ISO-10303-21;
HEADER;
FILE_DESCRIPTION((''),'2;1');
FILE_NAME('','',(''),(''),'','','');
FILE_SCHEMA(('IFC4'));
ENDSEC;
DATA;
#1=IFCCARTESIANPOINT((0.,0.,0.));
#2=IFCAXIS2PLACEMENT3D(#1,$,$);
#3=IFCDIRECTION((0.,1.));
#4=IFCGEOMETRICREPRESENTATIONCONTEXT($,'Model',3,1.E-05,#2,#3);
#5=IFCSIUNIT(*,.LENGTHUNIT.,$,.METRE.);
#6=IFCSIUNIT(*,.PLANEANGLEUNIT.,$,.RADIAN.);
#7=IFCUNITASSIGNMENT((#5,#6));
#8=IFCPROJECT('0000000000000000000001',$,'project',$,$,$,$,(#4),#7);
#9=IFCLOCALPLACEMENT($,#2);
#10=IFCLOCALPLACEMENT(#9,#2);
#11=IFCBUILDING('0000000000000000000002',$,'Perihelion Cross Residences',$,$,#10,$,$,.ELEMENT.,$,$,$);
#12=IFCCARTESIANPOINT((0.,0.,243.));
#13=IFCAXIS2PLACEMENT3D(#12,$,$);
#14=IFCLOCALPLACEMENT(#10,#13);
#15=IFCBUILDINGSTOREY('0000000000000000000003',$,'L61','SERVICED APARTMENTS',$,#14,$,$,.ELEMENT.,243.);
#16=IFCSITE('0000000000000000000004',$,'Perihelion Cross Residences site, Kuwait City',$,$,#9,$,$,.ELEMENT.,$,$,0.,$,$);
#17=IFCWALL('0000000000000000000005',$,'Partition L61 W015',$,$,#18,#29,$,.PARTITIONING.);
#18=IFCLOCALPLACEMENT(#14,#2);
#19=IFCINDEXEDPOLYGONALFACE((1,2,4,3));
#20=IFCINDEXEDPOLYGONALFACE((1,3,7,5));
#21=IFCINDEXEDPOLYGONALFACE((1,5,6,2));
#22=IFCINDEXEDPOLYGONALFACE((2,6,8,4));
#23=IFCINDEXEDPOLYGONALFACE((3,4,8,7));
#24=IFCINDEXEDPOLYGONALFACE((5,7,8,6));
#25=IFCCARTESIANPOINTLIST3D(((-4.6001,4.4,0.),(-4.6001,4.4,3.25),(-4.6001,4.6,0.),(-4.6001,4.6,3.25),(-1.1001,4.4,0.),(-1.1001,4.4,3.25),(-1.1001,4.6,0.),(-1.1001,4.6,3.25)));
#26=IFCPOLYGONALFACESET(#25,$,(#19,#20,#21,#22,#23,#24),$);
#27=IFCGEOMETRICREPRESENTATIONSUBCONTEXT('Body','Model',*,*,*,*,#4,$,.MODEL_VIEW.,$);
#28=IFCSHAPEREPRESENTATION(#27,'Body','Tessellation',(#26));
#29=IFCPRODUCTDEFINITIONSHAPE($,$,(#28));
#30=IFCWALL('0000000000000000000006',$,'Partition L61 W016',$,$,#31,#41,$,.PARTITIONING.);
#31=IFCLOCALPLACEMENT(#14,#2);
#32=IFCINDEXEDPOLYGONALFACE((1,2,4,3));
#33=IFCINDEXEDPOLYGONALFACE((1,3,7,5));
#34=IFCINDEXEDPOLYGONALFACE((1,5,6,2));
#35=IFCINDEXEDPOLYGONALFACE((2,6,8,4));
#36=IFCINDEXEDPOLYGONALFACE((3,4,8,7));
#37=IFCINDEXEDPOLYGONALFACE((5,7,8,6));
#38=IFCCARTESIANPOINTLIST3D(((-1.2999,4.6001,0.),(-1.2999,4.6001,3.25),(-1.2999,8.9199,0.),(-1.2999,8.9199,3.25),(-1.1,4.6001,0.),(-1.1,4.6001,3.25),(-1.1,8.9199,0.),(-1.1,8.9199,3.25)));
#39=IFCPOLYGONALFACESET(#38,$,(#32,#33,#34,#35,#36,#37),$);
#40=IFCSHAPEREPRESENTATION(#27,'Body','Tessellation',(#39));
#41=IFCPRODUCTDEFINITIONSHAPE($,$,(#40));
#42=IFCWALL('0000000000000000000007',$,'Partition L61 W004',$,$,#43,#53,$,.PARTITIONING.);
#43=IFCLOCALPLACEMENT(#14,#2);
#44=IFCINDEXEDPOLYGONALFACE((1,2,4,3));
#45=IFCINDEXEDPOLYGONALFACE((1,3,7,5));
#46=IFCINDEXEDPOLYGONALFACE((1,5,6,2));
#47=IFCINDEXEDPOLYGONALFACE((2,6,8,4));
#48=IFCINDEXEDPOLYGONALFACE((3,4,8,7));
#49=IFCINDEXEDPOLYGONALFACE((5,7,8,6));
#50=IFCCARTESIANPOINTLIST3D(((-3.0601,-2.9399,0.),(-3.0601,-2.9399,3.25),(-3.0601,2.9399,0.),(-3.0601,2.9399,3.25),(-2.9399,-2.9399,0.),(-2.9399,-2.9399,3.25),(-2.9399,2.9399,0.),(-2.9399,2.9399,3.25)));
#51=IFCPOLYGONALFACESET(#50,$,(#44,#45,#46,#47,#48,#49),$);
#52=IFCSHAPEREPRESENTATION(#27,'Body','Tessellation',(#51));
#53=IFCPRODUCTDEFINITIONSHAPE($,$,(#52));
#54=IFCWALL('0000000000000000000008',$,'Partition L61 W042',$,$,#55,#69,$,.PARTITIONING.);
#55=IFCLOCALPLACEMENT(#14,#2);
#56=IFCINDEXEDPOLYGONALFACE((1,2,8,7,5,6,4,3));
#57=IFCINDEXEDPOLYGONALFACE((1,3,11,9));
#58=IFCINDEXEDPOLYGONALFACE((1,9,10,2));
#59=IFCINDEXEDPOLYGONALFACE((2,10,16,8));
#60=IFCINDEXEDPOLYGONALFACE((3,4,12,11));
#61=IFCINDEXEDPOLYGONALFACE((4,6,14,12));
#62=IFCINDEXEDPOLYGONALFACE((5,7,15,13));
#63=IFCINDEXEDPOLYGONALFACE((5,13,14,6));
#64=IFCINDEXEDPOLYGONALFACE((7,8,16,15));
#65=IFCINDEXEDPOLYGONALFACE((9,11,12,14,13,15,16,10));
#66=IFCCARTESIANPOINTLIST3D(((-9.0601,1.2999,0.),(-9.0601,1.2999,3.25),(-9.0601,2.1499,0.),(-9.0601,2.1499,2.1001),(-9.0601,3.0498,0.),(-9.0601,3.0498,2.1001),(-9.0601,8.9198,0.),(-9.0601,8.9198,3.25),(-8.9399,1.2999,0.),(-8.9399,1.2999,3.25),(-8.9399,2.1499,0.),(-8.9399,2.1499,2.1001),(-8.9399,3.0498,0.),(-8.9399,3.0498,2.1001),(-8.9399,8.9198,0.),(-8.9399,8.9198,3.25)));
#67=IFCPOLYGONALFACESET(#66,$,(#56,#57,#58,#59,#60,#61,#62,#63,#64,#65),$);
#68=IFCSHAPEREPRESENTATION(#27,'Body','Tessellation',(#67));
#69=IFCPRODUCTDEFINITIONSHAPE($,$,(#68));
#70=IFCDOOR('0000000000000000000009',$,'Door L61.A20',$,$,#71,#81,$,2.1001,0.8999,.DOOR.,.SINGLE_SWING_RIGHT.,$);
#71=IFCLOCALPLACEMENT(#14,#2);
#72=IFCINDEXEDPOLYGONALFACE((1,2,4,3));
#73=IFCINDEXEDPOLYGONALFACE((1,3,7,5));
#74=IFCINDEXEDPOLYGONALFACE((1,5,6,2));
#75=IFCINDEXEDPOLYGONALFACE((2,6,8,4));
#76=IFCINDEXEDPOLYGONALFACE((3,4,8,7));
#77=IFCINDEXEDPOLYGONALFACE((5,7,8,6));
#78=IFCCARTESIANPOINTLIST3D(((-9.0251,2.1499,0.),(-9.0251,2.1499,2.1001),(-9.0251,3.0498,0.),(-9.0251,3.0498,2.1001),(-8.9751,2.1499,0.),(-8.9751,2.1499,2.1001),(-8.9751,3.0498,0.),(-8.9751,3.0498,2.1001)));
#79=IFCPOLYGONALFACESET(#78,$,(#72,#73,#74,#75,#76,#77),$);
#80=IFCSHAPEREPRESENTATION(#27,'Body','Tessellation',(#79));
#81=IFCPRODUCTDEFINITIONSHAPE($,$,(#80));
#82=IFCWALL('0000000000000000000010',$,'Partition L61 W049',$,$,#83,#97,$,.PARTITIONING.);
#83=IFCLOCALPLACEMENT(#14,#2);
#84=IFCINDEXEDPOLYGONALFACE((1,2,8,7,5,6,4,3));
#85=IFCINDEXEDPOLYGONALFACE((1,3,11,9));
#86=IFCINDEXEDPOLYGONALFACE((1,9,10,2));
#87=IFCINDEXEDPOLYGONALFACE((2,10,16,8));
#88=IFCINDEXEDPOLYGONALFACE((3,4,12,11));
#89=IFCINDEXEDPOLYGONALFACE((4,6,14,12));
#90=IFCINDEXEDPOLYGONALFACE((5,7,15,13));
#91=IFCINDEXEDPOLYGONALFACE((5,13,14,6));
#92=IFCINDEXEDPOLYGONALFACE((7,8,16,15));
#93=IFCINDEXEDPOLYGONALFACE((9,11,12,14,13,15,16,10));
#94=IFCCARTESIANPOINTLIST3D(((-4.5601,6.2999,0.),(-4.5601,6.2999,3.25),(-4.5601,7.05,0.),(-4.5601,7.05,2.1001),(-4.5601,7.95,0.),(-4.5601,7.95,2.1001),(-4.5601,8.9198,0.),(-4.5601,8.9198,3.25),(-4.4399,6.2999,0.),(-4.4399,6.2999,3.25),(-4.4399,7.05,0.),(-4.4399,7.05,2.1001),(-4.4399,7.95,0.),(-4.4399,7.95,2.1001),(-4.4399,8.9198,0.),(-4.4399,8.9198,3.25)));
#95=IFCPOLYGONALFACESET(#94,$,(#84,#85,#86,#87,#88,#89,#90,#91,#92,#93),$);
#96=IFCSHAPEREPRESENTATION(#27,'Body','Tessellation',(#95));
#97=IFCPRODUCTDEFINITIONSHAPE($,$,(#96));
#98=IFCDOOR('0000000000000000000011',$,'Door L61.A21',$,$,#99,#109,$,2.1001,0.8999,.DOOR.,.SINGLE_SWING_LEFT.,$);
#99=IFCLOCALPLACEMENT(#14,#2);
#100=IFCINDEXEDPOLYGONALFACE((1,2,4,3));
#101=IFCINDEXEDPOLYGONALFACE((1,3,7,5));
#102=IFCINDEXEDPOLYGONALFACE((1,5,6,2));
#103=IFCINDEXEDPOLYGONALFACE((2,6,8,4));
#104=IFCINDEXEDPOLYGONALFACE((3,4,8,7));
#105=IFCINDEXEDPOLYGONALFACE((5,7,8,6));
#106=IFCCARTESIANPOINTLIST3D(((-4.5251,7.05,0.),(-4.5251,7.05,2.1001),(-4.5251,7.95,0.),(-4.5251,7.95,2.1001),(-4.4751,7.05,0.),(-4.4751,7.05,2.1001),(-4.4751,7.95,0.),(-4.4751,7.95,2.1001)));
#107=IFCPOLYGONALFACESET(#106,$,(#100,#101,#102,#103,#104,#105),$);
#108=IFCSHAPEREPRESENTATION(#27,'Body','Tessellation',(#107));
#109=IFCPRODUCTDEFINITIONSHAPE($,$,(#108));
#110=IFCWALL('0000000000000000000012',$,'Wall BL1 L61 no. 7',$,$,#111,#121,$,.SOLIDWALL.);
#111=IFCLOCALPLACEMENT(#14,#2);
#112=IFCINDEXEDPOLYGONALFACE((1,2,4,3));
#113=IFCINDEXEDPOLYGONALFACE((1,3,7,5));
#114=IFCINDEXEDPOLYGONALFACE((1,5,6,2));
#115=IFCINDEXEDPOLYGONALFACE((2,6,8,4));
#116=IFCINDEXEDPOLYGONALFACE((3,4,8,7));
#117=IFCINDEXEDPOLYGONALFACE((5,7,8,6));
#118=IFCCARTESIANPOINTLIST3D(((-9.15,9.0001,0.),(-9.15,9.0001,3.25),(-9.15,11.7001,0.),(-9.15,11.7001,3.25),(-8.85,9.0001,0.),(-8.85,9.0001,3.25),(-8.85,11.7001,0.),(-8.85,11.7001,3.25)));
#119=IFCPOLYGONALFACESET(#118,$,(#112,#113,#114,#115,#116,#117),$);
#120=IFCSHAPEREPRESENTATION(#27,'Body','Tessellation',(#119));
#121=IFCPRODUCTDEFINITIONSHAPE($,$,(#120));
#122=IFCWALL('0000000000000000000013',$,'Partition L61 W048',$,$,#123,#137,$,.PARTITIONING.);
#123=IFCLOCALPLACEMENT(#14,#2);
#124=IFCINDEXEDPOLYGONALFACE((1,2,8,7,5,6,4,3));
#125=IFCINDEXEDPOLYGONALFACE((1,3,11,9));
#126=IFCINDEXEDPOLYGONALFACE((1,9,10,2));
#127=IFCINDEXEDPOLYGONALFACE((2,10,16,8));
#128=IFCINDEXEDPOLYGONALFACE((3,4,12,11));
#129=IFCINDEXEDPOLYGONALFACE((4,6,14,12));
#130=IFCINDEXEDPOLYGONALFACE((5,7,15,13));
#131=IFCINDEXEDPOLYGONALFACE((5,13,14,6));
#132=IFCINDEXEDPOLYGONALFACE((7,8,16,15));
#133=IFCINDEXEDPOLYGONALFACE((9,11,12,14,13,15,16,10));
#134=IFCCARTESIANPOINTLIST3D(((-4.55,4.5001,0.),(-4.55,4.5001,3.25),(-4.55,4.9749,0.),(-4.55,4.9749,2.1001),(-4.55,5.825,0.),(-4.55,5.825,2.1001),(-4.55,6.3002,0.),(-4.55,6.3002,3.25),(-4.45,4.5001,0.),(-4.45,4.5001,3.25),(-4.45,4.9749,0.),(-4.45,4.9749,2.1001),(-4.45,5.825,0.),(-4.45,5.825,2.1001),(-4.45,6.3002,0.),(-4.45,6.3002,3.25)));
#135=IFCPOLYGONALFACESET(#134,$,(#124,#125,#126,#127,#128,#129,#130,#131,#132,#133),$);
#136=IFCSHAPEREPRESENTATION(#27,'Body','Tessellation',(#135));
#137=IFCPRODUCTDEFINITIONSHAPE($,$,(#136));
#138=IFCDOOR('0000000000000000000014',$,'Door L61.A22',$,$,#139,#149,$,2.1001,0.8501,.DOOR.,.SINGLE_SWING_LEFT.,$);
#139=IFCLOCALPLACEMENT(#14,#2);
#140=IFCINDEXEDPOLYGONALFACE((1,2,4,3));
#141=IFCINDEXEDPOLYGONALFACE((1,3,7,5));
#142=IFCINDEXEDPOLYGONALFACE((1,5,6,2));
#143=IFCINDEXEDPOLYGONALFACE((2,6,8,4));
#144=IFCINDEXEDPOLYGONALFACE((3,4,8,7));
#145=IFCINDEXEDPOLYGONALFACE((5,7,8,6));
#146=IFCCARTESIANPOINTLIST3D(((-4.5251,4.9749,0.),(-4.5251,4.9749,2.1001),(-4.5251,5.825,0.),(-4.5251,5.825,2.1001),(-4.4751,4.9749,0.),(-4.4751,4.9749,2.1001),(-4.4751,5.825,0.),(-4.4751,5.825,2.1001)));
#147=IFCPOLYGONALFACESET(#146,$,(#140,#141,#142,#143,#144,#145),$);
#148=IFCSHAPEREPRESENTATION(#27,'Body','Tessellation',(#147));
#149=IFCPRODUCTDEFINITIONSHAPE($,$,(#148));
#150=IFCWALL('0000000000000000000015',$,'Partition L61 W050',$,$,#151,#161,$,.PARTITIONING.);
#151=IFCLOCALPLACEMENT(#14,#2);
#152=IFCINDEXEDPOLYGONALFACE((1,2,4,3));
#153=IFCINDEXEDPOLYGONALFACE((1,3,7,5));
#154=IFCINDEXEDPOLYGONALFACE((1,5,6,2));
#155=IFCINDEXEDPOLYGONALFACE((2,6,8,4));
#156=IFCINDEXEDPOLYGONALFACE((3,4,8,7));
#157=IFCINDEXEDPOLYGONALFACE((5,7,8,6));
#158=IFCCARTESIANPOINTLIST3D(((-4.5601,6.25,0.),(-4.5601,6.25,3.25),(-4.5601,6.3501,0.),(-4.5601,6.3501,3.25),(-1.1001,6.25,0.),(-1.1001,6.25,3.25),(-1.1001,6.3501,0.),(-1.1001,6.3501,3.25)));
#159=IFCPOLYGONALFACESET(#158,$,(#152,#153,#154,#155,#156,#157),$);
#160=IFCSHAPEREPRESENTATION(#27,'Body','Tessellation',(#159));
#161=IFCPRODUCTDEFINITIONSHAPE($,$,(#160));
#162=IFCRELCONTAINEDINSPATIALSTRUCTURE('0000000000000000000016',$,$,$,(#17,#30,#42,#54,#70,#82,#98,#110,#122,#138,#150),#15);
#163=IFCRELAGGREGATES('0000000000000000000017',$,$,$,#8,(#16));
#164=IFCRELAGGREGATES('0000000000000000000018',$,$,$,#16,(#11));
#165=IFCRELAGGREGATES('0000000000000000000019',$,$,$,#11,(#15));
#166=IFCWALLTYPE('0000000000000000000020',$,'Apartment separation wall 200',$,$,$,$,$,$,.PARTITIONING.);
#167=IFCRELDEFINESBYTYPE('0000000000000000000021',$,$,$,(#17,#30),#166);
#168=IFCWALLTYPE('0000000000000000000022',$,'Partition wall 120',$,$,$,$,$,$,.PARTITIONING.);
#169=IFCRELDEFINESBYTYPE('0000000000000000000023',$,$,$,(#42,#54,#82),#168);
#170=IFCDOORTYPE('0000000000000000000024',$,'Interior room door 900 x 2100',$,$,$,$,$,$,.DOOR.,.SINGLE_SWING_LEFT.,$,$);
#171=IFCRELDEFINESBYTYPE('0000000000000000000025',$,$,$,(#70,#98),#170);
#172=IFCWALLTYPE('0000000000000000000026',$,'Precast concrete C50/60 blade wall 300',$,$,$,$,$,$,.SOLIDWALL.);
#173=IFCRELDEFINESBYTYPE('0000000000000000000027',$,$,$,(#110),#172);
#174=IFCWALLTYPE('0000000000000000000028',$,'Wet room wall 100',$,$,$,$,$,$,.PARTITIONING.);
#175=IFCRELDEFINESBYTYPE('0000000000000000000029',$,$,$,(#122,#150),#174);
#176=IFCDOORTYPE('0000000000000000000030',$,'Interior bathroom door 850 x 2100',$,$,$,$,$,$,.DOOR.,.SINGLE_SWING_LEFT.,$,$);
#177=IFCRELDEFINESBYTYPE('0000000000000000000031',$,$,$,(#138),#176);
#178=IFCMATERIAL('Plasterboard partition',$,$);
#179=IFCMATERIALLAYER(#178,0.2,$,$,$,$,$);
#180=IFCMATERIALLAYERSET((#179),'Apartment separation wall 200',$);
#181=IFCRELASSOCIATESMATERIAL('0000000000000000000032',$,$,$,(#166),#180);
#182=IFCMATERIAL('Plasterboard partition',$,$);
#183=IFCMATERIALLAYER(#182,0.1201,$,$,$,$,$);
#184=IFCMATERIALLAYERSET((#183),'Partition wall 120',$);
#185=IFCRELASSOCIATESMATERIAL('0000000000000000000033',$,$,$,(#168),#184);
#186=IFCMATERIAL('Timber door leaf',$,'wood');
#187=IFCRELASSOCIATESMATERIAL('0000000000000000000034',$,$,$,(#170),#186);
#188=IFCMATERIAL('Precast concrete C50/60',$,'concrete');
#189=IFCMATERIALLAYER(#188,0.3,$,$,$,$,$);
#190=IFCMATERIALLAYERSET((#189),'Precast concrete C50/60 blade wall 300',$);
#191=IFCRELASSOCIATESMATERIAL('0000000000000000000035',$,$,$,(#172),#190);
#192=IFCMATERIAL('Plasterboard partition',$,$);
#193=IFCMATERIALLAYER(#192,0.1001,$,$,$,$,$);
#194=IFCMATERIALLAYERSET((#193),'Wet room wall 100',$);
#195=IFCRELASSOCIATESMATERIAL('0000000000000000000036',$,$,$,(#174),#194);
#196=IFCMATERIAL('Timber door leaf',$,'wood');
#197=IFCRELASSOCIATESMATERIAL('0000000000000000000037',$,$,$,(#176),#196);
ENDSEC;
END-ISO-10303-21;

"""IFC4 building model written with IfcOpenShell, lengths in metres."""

from ifc_helpers import new_model, si_unit, direction, frame, frame_2d, origin, place, context, subcontext, project, spatial, rectangle, extrude, material, layer, layer_set, type_object, element, fill, save


model = new_model("IFC4")

# Units and contexts
model_context = context("Model", 3, precision=1e-05, world=origin(), true_north=direction((0.0, 1.0)))
body_context = subcontext(model_context, "Body", "Model", "MODEL_VIEW")
ifc_project = project(units=[si_unit("LENGTHUNIT", "METRE"), si_unit("PLANEANGLEUNIT", "RADIAN")], contexts=[model_context])

# Site, building, storey
site_placement = place(None, origin())
site = spatial("IfcSite", under=ifc_project, at=site_placement, Name="Perihelion Cross Residences site, Kuwait City", CompositionType="ELEMENT", RefElevation=0.0)
building_placement = place(site_placement, origin())
building = spatial("IfcBuilding", under=site, at=building_placement, Name="Perihelion Cross Residences", CompositionType="ELEMENT")
storey_placement = place(building_placement, frame((0.0, 0.0, 243.0)))
storey = spatial("IfcBuildingStorey", under=building, at=storey_placement, Name="L61", Description="SERVICED APARTMENTS", CompositionType="ELEMENT", Elevation=243.0)

# Walls
ifc_material_1 = material(Name="Plasterboard partition")
ifc_layer_1 = layer(ifc_material_1, 0.2)
ifc_layer_set_1 = layer_set([ifc_layer_1], Name="Apartment separation wall 200")
wall_type_1 = type_object("IfcWallType", Name="Apartment separation wall 200", PredefinedType="PARTITIONING", material=ifc_layer_set_1)
wall_1_placement = place(storey_placement, frame((-4.6001, 4.5, 0.0), z_axis=(0.0, 0.0, 1.0), x_axis=(1.0, 0.0, 0.0)))
element("IfcWall", 1, at=wall_1_placement, inside=storey, type_object=wall_type_1, Name="Partition L61 W015", PredefinedType="PARTITIONING", context=body_context, shape_type="SweptSolid", body=[
    extrude(rectangle(XDim=3.5, YDim=0.2, at=frame_2d((1.75, 0.0))), origin(), (0.0, 0.0, 1.0), 3.25),
])
wall_2_placement = place(storey_placement, frame((-1.2, 4.6001, 0.0), z_axis=(0.0, 0.0, 1.0), x_axis=(0.0, 1.0, 0.0)))
element("IfcWall", 2, at=wall_2_placement, inside=storey, type_object=wall_type_1, Name="Partition L61 W016", PredefinedType="PARTITIONING", context=body_context, shape_type="SweptSolid", body=[
    extrude(rectangle(XDim=4.3198, YDim=0.2, at=frame_2d((2.1599, 0.0))), origin(), (0.0, 0.0, 1.0), 3.25),
])

# Wall
ifc_material_2 = material(Name="Plasterboard partition")
ifc_layer_2 = layer(ifc_material_2, 0.1201)
ifc_layer_set_2 = layer_set([ifc_layer_2], Name="Partition wall 120")
wall_type_2 = type_object("IfcWallType", Name="Partition wall 120", PredefinedType="PARTITIONING", material=ifc_layer_set_2)
wall_3_placement = place(storey_placement, frame((-3.0, 2.9399, 0.0), z_axis=(0.0, 0.0, 1.0), x_axis=(0.0, -1.0, 0.0)))
element("IfcWall", 3, at=wall_3_placement, inside=storey, type_object=wall_type_2, Name="Partition L61 W004", PredefinedType="PARTITIONING", context=body_context, shape_type="SweptSolid", body=[
    extrude(rectangle(XDim=5.8799, YDim=0.1201, at=frame_2d((2.9399, 0.0))), origin(), (0.0, 0.0, 1.0), 3.25),
])

# Walls, openings, doors
wall_4_placement = place(storey_placement, frame((-9.0, 8.9199, 0.0), z_axis=(0.0, 0.0, 1.0), x_axis=(0.0, -1.0, 0.0)))
wall_4 = element("IfcWall", 4, at=wall_4_placement, inside=storey, type_object=wall_type_2, Name="Partition L61 W042", PredefinedType="PARTITIONING", context=body_context, shape_type="SweptSolid", body=[
    extrude(rectangle(XDim=7.6199, YDim=0.1201, at=frame_2d((3.8101, 0.0))), origin(), (0.0, 0.0, 1.0), 3.25),
])
opening_1_placement = place(wall_4_placement, frame((5.8701, 0.0, 0.0)))
opening_1 = element("IfcOpeningElement", 5, at=opening_1_placement, cuts=wall_4, PredefinedType="OPENING", context=body_context, shape_type="SweptSolid", body=[
    extrude(rectangle(XDim=0.8999, YDim=2.1001, at=frame_2d((0.45, 1.05))), frame((0.0, 0.0701, 0.0), z_axis=(0.0, -1.0, 0.0), x_axis=(1.0, 0.0, 0.0)), (0.0, 0.0, 1.0), 0.1401),
])
ifc_material_3 = material(Name="Timber door leaf", Category="wood")
door_type_1 = type_object("IfcDoorType", Name="Interior room door 900 x 2100", OperationType="SINGLE_SWING_LEFT", PredefinedType="DOOR", material=ifc_material_3)
door_1_placement = place(opening_1_placement, origin())
door_1 = element("IfcDoor", 6, at=door_1_placement, inside=storey, type_object=door_type_1, Name="Door L61.A20", OperationType="SINGLE_SWING_RIGHT", OverallHeight=2.1001, OverallWidth=0.8999, PredefinedType="DOOR", context=body_context, shape_type="SweptSolid", body=[
    extrude(rectangle(XDim=0.8999, YDim=2.1001, at=frame_2d((0.45, 1.05))), frame((0.0, 0.0249, 0.0), z_axis=(0.0, -1.0, 0.0), x_axis=(1.0, 0.0, 0.0)), (0.0, 0.0, 1.0), 0.05),
])
fill(opening_1, door_1)
wall_5_placement = place(storey_placement, frame((-4.5, 8.9199, 0.0), z_axis=(0.0, 0.0, 1.0), x_axis=(0.0, -1.0, 0.0)))
wall_5 = element("IfcWall", 7, at=wall_5_placement, inside=storey, type_object=wall_type_2, Name="Partition L61 W049", PredefinedType="PARTITIONING", context=body_context, shape_type="SweptSolid", body=[
    extrude(rectangle(XDim=2.6199, YDim=0.1201, at=frame_2d((1.3101, 0.0))), origin(), (0.0, 0.0, 1.0), 3.25),
])
opening_2_placement = place(wall_5_placement, frame((0.97, 0.0, 0.0)))
opening_2 = element("IfcOpeningElement", 8, at=opening_2_placement, cuts=wall_5, PredefinedType="OPENING", context=body_context, shape_type="SweptSolid", body=[
    extrude(rectangle(XDim=0.8999, YDim=2.1001, at=frame_2d((0.45, 1.05))), frame((0.0, 0.0701, 0.0), z_axis=(0.0, -1.0, 0.0), x_axis=(1.0, 0.0, 0.0)), (0.0, 0.0, 1.0), 0.1401),
])
door_2_placement = place(opening_2_placement, origin())
door_2 = element("IfcDoor", 9, at=door_2_placement, inside=storey, type_object=door_type_1, Name="Door L61.A21", OperationType="SINGLE_SWING_LEFT", OverallHeight=2.1001, OverallWidth=0.8999, PredefinedType="DOOR", context=body_context, shape_type="SweptSolid", body=[
    extrude(rectangle(XDim=0.8999, YDim=2.1001, at=frame_2d((0.45, 1.05))), frame((0.0, 0.0249, 0.0), z_axis=(0.0, -1.0, 0.0), x_axis=(1.0, 0.0, 0.0)), (0.0, 0.0, 1.0), 0.05),
])
fill(opening_2, door_2)

# Wall
ifc_material_4 = material(Name="Precast concrete C50/60", Category="concrete")
ifc_layer_3 = layer(ifc_material_4, 0.3)
ifc_layer_set_3 = layer_set([ifc_layer_3], Name="Precast concrete C50/60 blade wall 300")
wall_type_3 = type_object("IfcWallType", Name="Precast concrete C50/60 blade wall 300", PredefinedType="SOLIDWALL", material=ifc_layer_set_3)
wall_6_placement = place(storey_placement, frame((-9.0, 9.0, 0.0), z_axis=(0.0, 0.0, 1.0), x_axis=(0.0, 1.0, 0.0)))
element("IfcWall", 10, at=wall_6_placement, inside=storey, type_object=wall_type_3, Name="Wall BL1 L61 no. 7", PredefinedType="SOLIDWALL", context=body_context, shape_type="SweptSolid", body=[
    extrude(rectangle(XDim=2.7, YDim=0.3, at=frame_2d((1.3501, 0.0))), origin(), (0.0, 0.0, 1.0), 3.25),
])

# Wall, opening, door
ifc_material_5 = material(Name="Plasterboard partition")
ifc_layer_4 = layer(ifc_material_5, 0.1001)
ifc_layer_set_4 = layer_set([ifc_layer_4], Name="Wet room wall 100")
wall_type_4 = type_object("IfcWallType", Name="Wet room wall 100", PredefinedType="PARTITIONING", material=ifc_layer_set_4)
wall_7_placement = place(storey_placement, frame((-4.5, 6.3, 0.0), z_axis=(0.0, 0.0, 1.0), x_axis=(0.0, -1.0, 0.0)))
wall_7 = element("IfcWall", 11, at=wall_7_placement, inside=storey, type_object=wall_type_4, Name="Partition L61 W048", PredefinedType="PARTITIONING", context=body_context, shape_type="SweptSolid", body=[
    extrude(rectangle(XDim=1.8, YDim=0.1001, at=frame_2d((0.8999, 0.0))), origin(), (0.0, 0.0, 1.0), 3.25),
])
opening_3_placement = place(wall_7_placement, frame((0.4751, 0.0, 0.0)))
opening_3 = element("IfcOpeningElement", 12, at=opening_3_placement, cuts=wall_7, PredefinedType="OPENING", context=body_context, shape_type="SweptSolid", body=[
    extrude(rectangle(XDim=0.8501, YDim=2.1001, at=frame_2d((0.425, 1.05))), frame((0.0, 0.0601, 0.0), z_axis=(0.0, -1.0, 0.0), x_axis=(1.0, 0.0, 0.0)), (0.0, 0.0, 1.0), 0.1201),
])
ifc_material_6 = material(Name="Timber door leaf", Category="wood")
door_type_2 = type_object("IfcDoorType", Name="Interior bathroom door 850 x 2100", OperationType="SINGLE_SWING_LEFT", PredefinedType="DOOR", material=ifc_material_6)
door_3_placement = place(opening_3_placement, origin())
door_3 = element("IfcDoor", 13, at=door_3_placement, inside=storey, type_object=door_type_2, Name="Door L61.A22", OperationType="SINGLE_SWING_LEFT", OverallHeight=2.1001, OverallWidth=0.8501, PredefinedType="DOOR", context=body_context, shape_type="SweptSolid", body=[
    extrude(rectangle(XDim=0.8501, YDim=2.1001, at=frame_2d((0.425, 1.05))), frame((0.0, 0.0249, 0.0), z_axis=(0.0, -1.0, 0.0), x_axis=(1.0, 0.0, 0.0)), (0.0, 0.0, 1.0), 0.05),
])
fill(opening_3, door_3)

# Wall
wall_8_placement = place(storey_placement, frame((-4.5601, 6.3, 0.0), z_axis=(0.0, 0.0, 1.0), x_axis=(1.0, 0.0, 0.0)))
element("IfcWall", 14, at=wall_8_placement, inside=storey, type_object=wall_type_4, Name="Partition L61 W050", PredefinedType="PARTITIONING", context=body_context, shape_type="SweptSolid", body=[
    extrude(rectangle(XDim=3.46, YDim=0.1001, at=frame_2d((1.73, 0.0))), origin(), (0.0, 0.0, 1.0), 3.25),
])

save(model, "model.ifc")
